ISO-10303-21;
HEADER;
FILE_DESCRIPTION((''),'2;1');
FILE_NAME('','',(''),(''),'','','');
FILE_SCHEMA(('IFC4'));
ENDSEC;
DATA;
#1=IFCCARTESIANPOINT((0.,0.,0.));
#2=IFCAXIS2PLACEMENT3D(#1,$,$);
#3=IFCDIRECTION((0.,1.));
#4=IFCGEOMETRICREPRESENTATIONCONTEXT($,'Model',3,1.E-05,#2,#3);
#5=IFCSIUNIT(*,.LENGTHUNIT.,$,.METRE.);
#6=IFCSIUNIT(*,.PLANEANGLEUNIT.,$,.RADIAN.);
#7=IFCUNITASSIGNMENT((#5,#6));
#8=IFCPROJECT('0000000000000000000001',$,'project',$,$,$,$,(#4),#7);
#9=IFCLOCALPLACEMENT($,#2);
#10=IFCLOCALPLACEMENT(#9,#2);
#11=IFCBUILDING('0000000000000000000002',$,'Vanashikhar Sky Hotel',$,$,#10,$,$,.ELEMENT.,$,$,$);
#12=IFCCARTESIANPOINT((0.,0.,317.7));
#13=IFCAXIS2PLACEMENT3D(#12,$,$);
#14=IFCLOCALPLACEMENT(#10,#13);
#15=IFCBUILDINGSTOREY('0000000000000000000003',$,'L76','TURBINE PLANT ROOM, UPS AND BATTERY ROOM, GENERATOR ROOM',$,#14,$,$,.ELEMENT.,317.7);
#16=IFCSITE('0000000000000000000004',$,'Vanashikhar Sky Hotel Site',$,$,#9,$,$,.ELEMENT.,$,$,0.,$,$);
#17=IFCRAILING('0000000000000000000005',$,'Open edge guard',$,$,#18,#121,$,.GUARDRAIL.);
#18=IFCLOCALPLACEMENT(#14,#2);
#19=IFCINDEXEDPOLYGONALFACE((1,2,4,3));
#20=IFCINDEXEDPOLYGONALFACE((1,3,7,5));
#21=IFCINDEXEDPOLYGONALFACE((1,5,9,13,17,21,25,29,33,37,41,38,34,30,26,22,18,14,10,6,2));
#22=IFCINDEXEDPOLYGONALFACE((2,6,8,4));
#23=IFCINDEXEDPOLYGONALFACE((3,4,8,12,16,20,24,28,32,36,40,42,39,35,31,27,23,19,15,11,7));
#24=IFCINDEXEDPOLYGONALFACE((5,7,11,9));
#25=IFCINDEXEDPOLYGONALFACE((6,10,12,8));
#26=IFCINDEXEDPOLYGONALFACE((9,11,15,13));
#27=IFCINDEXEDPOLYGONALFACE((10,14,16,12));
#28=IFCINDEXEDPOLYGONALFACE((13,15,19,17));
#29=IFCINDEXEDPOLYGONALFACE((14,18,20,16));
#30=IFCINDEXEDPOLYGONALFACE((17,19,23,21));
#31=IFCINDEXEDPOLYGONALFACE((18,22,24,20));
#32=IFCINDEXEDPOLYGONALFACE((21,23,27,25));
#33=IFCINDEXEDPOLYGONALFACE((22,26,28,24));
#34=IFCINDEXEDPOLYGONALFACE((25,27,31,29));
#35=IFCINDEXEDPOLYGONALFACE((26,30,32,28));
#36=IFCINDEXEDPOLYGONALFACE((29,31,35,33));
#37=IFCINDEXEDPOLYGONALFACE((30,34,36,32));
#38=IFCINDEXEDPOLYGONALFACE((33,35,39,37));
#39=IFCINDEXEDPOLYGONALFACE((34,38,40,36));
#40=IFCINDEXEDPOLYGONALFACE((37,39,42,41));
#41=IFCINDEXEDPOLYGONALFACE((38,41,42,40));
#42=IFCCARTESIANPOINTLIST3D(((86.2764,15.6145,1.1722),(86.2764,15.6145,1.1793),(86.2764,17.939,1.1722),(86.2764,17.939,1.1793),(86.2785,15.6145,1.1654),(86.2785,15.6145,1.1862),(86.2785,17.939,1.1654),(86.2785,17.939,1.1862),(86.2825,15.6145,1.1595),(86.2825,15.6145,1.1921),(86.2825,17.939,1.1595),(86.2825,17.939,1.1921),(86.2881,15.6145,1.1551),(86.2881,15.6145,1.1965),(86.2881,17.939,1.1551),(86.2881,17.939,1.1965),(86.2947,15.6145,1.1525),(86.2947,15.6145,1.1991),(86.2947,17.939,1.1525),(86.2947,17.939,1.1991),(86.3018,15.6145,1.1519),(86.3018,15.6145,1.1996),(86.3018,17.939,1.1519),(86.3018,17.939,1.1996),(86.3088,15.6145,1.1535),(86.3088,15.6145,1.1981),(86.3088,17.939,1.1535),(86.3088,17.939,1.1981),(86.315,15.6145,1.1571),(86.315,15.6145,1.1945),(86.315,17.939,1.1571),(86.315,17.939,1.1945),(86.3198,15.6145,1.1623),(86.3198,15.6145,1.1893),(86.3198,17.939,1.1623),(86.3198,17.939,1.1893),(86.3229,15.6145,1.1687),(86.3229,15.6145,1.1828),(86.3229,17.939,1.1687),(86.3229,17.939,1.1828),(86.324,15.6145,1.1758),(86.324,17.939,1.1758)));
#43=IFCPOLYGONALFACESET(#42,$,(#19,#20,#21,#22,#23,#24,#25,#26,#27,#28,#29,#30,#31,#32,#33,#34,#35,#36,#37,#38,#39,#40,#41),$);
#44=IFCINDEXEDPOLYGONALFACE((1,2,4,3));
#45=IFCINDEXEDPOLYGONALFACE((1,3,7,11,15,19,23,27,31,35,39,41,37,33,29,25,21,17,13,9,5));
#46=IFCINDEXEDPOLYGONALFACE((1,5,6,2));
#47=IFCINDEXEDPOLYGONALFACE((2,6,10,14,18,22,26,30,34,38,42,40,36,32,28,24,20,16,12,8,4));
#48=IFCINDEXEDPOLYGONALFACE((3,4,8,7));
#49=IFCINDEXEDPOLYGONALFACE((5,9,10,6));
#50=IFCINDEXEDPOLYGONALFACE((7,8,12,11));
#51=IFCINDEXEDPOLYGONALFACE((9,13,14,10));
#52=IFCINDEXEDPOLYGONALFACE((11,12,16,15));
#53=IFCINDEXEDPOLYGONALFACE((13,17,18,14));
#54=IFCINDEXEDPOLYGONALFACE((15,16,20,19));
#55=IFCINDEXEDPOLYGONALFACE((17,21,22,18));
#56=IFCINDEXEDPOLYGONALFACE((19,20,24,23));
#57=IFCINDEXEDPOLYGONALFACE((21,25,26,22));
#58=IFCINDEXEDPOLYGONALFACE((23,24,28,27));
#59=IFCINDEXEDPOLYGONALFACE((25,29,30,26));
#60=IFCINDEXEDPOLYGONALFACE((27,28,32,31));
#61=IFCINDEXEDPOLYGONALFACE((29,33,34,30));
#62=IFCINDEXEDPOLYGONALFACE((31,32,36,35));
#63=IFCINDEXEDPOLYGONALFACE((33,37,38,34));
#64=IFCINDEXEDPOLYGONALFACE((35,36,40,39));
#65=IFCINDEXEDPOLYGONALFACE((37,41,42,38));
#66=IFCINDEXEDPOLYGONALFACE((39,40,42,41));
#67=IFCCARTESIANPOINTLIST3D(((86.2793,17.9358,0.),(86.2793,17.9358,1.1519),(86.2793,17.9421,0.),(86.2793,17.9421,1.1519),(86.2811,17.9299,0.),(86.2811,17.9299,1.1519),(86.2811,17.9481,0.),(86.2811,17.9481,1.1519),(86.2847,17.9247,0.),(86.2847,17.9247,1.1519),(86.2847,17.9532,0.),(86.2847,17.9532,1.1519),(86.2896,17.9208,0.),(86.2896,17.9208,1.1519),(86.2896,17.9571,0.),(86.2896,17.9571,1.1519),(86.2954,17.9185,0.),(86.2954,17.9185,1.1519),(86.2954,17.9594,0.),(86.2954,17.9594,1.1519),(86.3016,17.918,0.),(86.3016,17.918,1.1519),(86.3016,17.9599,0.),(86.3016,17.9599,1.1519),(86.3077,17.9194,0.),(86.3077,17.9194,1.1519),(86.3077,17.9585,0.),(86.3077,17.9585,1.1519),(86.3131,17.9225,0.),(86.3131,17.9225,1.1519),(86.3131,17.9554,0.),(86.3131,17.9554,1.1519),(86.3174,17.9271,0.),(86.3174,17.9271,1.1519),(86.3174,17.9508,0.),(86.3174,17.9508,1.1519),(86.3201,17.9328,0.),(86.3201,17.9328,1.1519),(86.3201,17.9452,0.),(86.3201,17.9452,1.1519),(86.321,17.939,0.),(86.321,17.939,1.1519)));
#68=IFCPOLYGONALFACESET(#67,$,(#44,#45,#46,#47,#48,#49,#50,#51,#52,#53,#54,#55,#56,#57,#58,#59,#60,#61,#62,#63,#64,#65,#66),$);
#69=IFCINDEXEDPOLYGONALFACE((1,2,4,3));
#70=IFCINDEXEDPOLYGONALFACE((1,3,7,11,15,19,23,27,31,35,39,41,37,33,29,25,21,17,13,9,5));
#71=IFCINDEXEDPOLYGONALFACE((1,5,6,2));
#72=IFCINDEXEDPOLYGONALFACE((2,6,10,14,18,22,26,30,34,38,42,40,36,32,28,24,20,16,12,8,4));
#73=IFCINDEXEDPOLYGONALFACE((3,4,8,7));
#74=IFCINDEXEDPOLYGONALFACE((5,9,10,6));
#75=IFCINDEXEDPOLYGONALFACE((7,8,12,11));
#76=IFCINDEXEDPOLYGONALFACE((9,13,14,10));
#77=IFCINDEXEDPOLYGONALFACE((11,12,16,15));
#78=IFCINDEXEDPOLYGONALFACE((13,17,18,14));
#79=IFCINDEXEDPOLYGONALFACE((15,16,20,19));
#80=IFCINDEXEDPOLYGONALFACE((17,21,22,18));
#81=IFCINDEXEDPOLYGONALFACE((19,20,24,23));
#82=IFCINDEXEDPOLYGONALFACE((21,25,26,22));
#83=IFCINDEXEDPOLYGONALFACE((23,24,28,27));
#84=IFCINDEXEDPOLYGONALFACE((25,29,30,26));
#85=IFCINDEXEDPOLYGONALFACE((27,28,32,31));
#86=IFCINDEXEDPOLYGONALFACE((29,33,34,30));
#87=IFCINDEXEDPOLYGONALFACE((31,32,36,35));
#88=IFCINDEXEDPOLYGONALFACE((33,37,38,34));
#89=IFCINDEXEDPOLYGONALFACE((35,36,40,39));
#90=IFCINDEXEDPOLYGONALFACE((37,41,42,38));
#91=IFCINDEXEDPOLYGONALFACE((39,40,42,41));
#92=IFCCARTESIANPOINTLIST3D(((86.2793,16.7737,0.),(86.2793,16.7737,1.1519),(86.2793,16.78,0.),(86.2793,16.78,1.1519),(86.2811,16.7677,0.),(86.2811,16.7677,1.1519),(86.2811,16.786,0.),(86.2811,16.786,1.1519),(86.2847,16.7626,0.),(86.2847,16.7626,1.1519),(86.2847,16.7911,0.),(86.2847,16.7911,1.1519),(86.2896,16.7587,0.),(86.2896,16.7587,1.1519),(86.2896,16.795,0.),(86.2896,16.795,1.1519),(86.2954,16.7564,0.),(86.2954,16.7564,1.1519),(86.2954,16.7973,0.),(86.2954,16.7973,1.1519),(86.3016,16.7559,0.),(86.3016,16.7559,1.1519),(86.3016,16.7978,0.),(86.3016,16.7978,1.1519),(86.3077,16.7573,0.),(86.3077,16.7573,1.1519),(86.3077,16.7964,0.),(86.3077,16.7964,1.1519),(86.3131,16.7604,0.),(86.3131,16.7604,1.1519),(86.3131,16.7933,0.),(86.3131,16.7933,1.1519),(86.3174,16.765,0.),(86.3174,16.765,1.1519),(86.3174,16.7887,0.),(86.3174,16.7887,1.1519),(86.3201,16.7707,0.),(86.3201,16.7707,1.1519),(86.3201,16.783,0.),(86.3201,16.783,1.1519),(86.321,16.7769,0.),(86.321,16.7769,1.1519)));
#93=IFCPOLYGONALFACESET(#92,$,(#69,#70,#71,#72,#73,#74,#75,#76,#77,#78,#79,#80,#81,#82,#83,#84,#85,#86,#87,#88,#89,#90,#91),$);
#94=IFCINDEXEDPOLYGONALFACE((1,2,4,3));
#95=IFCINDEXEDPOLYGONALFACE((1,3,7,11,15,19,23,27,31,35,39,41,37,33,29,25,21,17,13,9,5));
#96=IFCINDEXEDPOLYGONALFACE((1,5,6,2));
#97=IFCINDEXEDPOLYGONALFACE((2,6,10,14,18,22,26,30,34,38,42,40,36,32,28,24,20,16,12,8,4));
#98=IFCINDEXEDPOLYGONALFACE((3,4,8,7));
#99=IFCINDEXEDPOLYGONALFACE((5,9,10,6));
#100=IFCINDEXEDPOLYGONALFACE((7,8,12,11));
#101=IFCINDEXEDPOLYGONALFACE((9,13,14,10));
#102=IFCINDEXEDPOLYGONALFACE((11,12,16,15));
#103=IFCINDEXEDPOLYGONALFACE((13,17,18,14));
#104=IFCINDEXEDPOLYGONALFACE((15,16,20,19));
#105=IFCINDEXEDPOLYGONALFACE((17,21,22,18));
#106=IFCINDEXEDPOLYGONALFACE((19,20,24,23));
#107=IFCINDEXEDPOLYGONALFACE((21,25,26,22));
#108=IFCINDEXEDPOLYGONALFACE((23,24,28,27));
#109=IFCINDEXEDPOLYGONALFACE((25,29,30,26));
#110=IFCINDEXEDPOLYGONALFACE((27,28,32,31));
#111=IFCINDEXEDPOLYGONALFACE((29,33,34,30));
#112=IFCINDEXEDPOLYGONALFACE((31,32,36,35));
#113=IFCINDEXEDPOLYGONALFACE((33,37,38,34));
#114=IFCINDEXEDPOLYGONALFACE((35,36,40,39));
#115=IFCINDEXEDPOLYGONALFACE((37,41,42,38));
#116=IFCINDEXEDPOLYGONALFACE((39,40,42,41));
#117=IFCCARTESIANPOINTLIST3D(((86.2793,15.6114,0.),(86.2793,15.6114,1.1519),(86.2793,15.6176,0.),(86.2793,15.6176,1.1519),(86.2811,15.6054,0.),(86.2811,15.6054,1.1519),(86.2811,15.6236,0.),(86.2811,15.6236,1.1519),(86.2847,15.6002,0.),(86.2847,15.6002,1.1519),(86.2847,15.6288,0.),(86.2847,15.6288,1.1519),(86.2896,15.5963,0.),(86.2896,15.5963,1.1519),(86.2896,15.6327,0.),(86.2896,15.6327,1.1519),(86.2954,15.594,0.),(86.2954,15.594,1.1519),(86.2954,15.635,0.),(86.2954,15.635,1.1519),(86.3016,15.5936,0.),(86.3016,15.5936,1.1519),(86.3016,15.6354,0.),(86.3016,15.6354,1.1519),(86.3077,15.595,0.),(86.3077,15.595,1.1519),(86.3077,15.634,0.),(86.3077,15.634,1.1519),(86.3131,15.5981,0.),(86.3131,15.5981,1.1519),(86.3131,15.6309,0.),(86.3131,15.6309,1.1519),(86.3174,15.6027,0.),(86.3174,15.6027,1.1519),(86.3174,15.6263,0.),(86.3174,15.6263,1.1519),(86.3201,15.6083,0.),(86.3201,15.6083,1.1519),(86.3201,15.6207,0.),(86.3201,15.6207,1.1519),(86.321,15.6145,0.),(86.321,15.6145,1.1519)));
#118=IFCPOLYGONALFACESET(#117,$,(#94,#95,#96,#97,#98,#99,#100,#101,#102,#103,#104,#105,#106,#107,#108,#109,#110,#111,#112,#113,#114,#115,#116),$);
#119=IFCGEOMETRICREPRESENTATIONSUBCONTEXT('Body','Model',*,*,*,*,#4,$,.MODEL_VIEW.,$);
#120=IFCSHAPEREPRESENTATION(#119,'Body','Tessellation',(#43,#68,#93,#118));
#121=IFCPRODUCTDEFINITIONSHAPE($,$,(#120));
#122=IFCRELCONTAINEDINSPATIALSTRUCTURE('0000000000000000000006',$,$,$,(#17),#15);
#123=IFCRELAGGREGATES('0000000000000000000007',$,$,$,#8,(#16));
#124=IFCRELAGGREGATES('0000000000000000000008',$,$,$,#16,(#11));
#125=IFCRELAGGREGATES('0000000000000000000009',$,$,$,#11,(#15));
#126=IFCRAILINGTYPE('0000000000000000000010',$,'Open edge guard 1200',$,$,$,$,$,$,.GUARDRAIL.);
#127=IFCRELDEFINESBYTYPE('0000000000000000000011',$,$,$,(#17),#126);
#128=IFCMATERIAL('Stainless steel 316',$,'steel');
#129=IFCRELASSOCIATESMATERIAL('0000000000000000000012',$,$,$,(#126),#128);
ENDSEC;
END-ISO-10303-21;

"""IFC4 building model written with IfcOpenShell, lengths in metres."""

from ifc_helpers import new_model, si_unit, direction, frame, origin, origin_2d, place, context, subcontext, project, spatial, circle, extrude, source, transform, mapped, material, type_object, element, save


model = new_model("IFC4")

# Units and contexts
model_context = context("Model", 3, precision=1e-05, world=origin(), true_north=direction((0.0, 1.0)))
body_context = subcontext(model_context, "Body", "Model", "MODEL_VIEW")
ifc_project = project(units=[si_unit("LENGTHUNIT", "METRE"), si_unit("PLANEANGLEUNIT", "RADIAN")], contexts=[model_context])

# Site, building, storey
site_placement = place(None, origin())
site = spatial("IfcSite", under=ifc_project, at=site_placement, Name="Vanashikhar Sky Hotel Site", CompositionType="ELEMENT", RefElevation=0.0)
building_placement = place(site_placement, origin())
building = spatial("IfcBuilding", under=site, at=building_placement, Name="Vanashikhar Sky Hotel", CompositionType="ELEMENT")
storey_placement = place(building_placement, frame((0.0, 0.0, 317.7)))
storey = spatial("IfcBuildingStorey", under=building, at=storey_placement, Name="L76", Description="TURBINE PLANT ROOM, UPS AND BATTERY ROOM, GENERATOR ROOM", CompositionType="ELEMENT", Elevation=317.7)

# Railing
ifc_material_1 = material(Name="Stainless steel 316", Category="steel")
railing_type_1 = type_object("IfcRailingType", Name="Open edge guard 1200", PredefinedType="GUARDRAIL", material=ifc_material_1)
shared_shape_1 = source(origin(), body_context, "Body", "SweptSolid", [
    extrude(circle(Radius=0.0239, at=origin_2d()), frame((0.0, 0.0, 1.1758), z_axis=(0.0, -1.0, 0.0), x_axis=(1.0, 0.0, 0.0)), (0.0, 0.0, 1.0), 2.3245),
    extrude(circle(Radius=0.021, at=origin_2d()), origin(), (0.0, 0.0, 1.0), 1.1519),
    extrude(circle(Radius=0.021, at=origin_2d()), frame((0.0, -1.1621, 0.0)), (0.0, 0.0, 1.0), 1.1519),
    extrude(circle(Radius=0.021, at=origin_2d()), frame((0.0, -2.3245, 0.0)), (0.0, 0.0, 1.0), 1.1519),
])
for number, where, name in (
    (1, (86.3, 17.939, 0.0), "Open edge guard"),
):
    element("IfcRailing", number, at=place(storey_placement, frame(where)), inside=storey, type_object=railing_type_1, Name=name, PredefinedType="GUARDRAIL", context=body_context, shape_type="MappedRepresentation", body=[
        mapped(shared_shape_1, transform((0.0, 0.0, 0.0), scale=1.0)),
    ])

save(model, "model.ifc")
